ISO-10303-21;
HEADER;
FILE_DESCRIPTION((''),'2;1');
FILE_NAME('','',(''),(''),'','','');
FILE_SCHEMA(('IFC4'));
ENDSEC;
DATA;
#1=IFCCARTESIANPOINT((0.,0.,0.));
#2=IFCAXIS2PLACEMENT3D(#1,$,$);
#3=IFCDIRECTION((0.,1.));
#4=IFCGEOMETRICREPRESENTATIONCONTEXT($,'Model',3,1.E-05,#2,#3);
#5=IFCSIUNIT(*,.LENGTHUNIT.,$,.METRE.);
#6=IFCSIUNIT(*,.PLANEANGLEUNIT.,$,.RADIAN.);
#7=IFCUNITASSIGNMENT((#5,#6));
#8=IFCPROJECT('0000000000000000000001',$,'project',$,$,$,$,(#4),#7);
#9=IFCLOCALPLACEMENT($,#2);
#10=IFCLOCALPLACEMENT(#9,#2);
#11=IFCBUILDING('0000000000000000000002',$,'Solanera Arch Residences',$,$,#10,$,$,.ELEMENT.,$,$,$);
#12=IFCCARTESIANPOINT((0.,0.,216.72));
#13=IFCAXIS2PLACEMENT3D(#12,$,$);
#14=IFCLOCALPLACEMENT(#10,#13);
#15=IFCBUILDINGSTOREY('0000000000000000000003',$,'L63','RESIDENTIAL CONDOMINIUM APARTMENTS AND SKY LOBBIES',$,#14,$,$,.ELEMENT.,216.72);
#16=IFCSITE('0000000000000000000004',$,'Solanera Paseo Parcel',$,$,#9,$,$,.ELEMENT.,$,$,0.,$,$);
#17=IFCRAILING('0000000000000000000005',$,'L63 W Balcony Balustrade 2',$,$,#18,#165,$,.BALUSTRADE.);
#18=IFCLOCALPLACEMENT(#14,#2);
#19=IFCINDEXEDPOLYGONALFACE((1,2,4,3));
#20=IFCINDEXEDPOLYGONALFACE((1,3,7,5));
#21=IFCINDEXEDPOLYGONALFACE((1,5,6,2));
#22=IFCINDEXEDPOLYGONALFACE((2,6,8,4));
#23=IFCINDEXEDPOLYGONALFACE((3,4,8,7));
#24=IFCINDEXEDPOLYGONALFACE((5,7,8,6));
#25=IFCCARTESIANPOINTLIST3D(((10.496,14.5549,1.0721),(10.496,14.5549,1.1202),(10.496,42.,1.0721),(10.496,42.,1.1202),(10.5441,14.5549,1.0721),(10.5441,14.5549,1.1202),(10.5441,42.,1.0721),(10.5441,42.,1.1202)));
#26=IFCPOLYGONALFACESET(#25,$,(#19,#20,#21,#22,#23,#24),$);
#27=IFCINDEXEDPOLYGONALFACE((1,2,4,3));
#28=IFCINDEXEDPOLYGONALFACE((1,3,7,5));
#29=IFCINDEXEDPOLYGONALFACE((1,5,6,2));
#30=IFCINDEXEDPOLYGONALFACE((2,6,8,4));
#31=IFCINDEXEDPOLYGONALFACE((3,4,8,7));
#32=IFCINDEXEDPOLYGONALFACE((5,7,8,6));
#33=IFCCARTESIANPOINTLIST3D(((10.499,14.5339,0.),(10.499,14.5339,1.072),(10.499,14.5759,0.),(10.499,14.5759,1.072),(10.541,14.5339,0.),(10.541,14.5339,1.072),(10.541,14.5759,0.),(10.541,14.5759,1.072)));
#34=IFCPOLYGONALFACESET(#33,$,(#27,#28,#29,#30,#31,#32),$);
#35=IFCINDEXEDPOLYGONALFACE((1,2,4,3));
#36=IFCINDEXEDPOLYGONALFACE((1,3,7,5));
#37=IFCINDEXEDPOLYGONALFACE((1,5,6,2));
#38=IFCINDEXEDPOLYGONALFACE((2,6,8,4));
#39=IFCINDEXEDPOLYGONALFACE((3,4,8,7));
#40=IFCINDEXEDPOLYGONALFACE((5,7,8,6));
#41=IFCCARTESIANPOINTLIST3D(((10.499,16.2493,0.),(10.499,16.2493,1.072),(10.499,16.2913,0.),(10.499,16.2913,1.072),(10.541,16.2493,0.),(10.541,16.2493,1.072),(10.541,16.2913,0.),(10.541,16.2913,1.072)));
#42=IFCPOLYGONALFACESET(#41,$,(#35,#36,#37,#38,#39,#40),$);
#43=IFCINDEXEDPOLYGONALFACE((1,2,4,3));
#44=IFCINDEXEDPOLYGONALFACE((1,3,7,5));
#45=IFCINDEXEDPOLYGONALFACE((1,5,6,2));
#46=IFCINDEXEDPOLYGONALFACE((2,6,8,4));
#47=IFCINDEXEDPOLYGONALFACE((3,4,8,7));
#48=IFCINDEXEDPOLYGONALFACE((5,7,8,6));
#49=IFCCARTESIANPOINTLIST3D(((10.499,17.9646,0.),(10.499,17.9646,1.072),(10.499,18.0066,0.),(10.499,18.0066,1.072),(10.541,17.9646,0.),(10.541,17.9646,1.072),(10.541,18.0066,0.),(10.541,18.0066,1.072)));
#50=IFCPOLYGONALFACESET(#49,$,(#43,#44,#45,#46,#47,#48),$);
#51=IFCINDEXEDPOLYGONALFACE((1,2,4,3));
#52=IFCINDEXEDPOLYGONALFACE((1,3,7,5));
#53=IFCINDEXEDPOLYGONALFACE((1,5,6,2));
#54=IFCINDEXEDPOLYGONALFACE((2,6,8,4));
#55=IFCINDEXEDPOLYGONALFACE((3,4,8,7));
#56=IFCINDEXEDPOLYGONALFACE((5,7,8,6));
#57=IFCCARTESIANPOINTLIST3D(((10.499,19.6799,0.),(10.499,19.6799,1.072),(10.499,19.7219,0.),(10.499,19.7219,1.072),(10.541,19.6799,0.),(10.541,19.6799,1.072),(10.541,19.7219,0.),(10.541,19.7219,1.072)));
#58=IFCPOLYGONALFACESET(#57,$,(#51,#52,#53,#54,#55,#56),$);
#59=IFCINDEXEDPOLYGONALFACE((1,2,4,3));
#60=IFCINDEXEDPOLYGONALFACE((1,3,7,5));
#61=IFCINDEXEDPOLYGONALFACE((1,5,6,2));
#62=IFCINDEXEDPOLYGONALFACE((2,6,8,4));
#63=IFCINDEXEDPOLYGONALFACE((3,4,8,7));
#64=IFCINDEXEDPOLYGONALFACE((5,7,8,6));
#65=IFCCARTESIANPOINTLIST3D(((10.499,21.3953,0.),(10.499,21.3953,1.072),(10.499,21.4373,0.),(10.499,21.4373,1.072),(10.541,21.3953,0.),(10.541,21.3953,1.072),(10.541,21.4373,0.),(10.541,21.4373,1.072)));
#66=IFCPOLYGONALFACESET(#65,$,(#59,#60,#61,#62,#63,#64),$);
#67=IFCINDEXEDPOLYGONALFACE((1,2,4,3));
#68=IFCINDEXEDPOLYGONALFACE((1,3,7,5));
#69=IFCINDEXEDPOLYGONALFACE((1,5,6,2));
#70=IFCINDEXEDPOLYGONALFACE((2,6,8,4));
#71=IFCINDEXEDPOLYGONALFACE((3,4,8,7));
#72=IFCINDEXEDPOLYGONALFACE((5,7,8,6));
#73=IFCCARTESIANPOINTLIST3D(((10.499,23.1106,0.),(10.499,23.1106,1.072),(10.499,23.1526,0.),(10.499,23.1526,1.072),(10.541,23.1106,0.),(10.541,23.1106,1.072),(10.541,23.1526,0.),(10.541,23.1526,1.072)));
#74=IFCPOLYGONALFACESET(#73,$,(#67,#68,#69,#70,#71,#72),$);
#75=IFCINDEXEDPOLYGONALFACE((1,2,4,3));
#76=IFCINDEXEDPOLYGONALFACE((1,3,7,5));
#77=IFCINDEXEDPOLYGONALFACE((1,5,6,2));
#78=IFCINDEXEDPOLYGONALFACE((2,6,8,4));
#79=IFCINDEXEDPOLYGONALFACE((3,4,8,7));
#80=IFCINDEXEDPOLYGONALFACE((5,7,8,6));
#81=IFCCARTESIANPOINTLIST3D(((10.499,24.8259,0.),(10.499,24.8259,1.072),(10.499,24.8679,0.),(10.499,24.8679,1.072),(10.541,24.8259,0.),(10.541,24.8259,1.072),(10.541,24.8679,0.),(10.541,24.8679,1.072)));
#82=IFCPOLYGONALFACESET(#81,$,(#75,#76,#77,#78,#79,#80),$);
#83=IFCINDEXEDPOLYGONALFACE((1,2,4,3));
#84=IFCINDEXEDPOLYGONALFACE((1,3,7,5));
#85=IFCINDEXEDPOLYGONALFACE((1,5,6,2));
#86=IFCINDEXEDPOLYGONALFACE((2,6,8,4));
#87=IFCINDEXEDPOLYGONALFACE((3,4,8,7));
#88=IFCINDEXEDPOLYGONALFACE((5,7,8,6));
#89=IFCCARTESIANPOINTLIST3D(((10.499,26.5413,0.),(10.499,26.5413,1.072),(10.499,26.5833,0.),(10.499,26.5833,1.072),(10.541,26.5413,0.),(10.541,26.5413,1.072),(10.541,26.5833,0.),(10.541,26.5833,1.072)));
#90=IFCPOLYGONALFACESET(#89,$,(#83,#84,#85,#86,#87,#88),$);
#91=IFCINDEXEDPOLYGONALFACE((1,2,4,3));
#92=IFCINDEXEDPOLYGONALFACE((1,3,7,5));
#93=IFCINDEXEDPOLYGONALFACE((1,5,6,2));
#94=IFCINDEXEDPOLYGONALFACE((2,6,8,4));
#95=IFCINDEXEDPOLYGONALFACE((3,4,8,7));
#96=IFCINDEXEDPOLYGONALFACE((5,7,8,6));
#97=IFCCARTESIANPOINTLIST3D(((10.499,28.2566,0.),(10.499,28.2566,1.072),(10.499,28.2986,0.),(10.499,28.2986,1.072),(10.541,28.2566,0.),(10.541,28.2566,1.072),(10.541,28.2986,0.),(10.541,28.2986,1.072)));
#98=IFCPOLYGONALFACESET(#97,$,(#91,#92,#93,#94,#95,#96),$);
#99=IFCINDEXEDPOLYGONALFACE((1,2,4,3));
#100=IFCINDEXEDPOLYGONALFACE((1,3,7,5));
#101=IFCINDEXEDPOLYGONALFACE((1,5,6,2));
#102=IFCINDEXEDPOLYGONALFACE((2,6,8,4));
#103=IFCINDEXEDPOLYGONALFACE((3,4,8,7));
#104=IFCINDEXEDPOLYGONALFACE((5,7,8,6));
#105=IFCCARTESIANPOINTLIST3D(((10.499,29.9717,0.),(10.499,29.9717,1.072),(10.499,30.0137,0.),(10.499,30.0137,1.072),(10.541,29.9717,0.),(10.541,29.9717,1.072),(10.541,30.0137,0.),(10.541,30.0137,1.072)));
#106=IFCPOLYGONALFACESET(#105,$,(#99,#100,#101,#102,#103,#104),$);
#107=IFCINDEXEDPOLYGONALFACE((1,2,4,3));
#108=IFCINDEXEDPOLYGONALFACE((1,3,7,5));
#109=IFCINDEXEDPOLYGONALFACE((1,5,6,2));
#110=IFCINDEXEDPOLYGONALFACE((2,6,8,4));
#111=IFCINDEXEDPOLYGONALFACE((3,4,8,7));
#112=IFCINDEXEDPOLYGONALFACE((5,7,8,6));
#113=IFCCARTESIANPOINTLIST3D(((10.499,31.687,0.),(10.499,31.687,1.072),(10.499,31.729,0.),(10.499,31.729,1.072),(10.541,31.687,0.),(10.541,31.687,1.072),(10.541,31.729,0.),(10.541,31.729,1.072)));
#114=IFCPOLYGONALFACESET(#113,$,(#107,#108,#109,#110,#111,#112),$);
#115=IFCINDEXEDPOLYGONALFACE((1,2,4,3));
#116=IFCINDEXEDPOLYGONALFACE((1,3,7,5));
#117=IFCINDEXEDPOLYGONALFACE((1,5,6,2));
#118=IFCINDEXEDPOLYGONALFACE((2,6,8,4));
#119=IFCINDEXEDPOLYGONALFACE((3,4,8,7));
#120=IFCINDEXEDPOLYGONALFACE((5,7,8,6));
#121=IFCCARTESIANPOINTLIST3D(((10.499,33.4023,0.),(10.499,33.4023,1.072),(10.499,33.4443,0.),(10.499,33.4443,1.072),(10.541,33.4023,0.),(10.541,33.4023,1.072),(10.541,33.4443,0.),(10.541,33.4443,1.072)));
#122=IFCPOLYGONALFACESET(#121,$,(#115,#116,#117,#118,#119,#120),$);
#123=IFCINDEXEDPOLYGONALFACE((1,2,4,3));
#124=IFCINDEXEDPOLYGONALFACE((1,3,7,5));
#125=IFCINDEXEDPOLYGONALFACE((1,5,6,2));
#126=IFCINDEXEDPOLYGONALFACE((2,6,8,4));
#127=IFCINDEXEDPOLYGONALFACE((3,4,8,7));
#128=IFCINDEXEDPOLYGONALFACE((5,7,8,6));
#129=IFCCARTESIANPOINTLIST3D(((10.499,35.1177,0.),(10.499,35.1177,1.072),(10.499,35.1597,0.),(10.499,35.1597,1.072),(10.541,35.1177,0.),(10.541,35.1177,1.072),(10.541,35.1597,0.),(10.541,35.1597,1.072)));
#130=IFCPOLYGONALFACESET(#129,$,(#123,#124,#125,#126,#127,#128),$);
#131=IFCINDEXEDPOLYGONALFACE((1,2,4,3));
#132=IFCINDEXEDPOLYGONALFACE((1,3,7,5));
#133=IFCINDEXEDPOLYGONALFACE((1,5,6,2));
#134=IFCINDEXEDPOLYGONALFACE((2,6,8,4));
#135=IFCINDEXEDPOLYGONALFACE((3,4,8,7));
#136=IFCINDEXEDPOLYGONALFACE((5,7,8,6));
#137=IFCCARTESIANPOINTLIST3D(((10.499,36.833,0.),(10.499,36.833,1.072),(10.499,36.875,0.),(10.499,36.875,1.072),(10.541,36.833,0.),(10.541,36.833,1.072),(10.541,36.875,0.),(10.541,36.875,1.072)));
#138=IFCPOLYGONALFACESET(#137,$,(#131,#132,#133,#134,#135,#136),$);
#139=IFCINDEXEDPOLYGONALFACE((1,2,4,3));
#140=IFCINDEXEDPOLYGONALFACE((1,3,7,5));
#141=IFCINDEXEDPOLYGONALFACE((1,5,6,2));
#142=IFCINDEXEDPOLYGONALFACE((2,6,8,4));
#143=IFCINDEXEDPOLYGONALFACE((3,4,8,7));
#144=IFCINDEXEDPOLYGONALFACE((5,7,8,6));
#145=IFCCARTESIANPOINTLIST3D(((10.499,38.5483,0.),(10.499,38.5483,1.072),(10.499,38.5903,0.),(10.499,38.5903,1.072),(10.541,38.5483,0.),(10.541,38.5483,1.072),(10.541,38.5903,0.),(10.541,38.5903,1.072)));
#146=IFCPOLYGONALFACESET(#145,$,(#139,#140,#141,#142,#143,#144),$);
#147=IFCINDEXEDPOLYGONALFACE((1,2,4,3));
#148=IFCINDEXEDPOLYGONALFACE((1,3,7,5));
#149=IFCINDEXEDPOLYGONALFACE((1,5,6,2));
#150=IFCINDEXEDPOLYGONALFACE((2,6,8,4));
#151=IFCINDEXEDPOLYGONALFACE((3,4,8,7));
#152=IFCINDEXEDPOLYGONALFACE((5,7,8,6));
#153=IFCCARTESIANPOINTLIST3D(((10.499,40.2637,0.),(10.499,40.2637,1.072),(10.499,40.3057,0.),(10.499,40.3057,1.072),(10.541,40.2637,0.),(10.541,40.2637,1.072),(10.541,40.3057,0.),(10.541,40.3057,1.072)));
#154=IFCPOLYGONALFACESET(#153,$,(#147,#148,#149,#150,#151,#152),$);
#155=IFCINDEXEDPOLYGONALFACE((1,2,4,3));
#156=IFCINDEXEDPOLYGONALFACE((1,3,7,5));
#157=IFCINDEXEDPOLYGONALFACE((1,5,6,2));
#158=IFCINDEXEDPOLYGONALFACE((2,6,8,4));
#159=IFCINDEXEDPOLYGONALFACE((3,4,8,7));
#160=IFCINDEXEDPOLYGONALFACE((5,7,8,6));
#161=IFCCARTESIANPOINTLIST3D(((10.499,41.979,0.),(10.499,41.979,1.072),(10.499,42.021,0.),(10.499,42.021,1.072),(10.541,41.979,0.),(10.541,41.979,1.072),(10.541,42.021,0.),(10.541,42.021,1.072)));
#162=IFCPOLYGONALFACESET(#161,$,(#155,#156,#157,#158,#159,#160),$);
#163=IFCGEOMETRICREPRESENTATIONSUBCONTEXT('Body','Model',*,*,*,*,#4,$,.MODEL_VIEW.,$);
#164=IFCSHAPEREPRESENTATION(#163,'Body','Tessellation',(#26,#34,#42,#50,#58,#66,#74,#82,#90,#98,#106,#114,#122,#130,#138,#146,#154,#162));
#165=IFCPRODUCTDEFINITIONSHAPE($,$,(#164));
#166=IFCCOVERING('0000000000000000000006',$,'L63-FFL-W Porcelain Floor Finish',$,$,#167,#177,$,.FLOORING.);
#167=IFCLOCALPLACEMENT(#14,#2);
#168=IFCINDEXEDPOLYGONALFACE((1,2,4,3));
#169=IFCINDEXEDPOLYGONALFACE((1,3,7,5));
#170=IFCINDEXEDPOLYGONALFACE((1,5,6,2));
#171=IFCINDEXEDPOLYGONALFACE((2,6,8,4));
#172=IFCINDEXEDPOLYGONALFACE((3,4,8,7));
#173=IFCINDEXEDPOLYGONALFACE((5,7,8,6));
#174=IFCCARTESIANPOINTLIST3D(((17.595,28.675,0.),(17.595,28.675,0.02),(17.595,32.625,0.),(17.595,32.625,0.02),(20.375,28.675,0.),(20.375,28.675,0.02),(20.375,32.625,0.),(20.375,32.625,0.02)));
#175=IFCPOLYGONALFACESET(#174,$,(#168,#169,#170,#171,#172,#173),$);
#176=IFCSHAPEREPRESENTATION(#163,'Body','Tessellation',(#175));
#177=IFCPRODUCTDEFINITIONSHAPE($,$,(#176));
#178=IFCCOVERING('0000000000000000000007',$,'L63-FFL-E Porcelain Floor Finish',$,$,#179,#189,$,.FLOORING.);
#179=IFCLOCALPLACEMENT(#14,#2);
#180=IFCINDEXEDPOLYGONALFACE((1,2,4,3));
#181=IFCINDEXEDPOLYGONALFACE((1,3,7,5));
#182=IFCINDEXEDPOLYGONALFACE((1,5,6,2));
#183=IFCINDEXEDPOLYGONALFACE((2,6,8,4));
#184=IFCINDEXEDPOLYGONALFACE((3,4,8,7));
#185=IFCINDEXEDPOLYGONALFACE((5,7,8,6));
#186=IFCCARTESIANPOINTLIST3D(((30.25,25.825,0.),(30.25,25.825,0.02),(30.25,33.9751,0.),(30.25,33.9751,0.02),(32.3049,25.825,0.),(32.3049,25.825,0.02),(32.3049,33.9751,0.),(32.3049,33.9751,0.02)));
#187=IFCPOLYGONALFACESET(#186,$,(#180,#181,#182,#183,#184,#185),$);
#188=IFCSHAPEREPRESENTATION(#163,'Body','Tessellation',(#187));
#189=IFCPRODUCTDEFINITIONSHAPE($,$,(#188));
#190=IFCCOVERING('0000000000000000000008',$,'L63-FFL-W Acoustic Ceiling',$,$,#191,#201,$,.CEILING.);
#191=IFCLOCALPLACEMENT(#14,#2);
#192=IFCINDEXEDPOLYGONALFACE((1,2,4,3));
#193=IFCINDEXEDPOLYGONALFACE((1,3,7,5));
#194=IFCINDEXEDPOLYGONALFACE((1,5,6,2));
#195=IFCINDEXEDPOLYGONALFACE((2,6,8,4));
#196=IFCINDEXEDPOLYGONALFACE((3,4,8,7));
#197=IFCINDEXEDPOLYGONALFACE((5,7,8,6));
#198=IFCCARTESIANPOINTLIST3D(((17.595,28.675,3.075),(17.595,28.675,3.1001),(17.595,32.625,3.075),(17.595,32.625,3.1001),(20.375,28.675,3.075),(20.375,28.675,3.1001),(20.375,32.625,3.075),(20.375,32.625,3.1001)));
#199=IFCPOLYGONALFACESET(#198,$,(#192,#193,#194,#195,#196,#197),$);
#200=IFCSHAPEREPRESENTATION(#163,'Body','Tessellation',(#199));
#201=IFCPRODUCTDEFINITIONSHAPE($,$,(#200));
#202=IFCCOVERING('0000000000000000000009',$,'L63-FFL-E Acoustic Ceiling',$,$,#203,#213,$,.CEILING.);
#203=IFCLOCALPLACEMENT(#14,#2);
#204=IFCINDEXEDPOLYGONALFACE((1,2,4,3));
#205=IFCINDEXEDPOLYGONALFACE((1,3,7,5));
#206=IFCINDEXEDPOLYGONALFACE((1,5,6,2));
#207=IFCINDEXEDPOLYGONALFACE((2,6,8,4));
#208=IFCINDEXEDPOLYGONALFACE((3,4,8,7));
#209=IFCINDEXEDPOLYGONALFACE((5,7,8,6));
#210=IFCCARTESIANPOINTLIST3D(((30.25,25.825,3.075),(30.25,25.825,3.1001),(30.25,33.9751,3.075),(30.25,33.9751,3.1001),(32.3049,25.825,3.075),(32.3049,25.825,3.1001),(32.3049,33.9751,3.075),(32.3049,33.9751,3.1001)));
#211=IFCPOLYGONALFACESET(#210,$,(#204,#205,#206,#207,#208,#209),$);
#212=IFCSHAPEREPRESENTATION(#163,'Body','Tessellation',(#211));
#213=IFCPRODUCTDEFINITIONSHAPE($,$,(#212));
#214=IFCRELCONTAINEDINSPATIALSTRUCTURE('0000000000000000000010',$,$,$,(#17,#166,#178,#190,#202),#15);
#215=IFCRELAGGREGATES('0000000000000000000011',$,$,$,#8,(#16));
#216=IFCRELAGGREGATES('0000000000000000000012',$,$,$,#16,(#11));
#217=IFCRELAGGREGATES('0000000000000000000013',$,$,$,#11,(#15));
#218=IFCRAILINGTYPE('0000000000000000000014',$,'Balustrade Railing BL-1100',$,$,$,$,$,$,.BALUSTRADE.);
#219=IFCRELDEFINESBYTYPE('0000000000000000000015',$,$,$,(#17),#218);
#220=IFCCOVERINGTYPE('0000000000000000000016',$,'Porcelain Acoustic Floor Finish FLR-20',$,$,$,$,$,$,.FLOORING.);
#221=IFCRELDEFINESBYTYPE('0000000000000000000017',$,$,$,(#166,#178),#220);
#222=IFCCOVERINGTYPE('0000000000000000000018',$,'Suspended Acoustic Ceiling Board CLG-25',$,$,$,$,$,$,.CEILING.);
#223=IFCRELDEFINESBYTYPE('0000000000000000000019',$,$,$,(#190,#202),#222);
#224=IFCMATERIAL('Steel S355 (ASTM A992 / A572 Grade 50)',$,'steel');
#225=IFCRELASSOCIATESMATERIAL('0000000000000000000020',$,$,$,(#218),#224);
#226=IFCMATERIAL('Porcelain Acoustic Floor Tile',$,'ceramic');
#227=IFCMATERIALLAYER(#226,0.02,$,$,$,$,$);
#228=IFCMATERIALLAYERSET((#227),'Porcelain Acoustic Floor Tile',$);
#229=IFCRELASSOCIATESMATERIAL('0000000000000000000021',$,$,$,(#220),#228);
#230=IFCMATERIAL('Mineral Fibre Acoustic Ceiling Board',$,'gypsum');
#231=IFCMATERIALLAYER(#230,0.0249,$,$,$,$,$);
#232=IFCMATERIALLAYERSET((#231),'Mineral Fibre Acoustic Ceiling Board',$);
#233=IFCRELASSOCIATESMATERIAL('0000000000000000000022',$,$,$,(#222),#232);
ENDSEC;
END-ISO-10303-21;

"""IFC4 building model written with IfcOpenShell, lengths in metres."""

from ifc_helpers import new_model, si_unit, direction, frame, origin, origin_2d, place, context, subcontext, project, spatial, polyline, rectangle, outline, extrude, material, layer, layer_set, type_object, element, save


model = new_model("IFC4")

# Units and contexts
model_context = context("Model", 3, precision=1e-05, world=origin(), true_north=direction((0.0, 1.0)))
body_context = subcontext(model_context, "Body", "Model", "MODEL_VIEW")
ifc_project = project(units=[si_unit("LENGTHUNIT", "METRE"), si_unit("PLANEANGLEUNIT", "RADIAN")], contexts=[model_context])

# Site, building, storey
site_placement = place(None, origin())
site = spatial("IfcSite", under=ifc_project, at=site_placement, Name="Solanera Paseo Parcel", CompositionType="ELEMENT", RefElevation=0.0)
building_placement = place(site_placement, origin())
building = spatial("IfcBuilding", under=site, at=building_placement, Name="Solanera Arch Residences", CompositionType="ELEMENT")
storey_placement = place(building_placement, frame((0.0, 0.0, 216.72)))
storey = spatial("IfcBuildingStorey", under=building, at=storey_placement, Name="L63", Description="RESIDENTIAL CONDOMINIUM APARTMENTS AND SKY LOBBIES", CompositionType="ELEMENT", Elevation=216.72)

# Railing
ifc_material_1 = material(Name="Steel S355 (ASTM A992 / A572 Grade 50)", Category="steel")
railing_type = type_object("IfcRailingType", Name="Balustrade Railing BL-1100", PredefinedType="BALUSTRADE", material=ifc_material_1)
railing_placement = place(storey_placement, frame((10.52, 14.5549, 0.0)))
element("IfcRailing", 1, at=railing_placement, inside=storey, type_object=railing_type, Name="L63 W Balcony Balustrade 2", PredefinedType="BALUSTRADE", context=body_context, shape_type="SweptSolid", body=[
    extrude(rectangle(XDim=0.0481, YDim=0.0481, at=origin_2d()), frame((0.0, 0.0, 1.0962), z_axis=(0.0, 1.0, 0.0), x_axis=(-1.0, 0.0, 0.0)), (0.0, 0.0, 1.0), 27.4451),
    extrude(rectangle(XDim=0.042, YDim=0.042, at=origin_2d()), origin(), (0.0, 0.0, 1.0), 1.072),
    extrude(rectangle(XDim=0.042, YDim=0.042, at=origin_2d()), frame((0.0, 1.7153, 0.0)), (0.0, 0.0, 1.0), 1.072),
    extrude(rectangle(XDim=0.042, YDim=0.042, at=origin_2d()), frame((0.0, 3.4307, 0.0)), (0.0, 0.0, 1.0), 1.072),
    extrude(rectangle(XDim=0.042, YDim=0.042, at=origin_2d()), frame((0.0, 5.146, 0.0)), (0.0, 0.0, 1.0), 1.072),
    extrude(rectangle(XDim=0.042, YDim=0.042, at=origin_2d()), frame((0.0, 6.8613, 0.0)), (0.0, 0.0, 1.0), 1.072),
    extrude(rectangle(XDim=0.042, YDim=0.042, at=origin_2d()), frame((0.0, 8.5767, 0.0)), (0.0, 0.0, 1.0), 1.072),
    extrude(rectangle(XDim=0.042, YDim=0.042, at=origin_2d()), frame((0.0, 10.292, 0.0)), (0.0, 0.0, 1.0), 1.072),
    extrude(rectangle(XDim=0.042, YDim=0.042, at=origin_2d()), frame((0.0, 12.0073, 0.0)), (0.0, 0.0, 1.0), 1.072),
    extrude(rectangle(XDim=0.042, YDim=0.042, at=origin_2d()), frame((0.0, 13.7227, 0.0)), (0.0, 0.0, 1.0), 1.072),
    extrude(rectangle(XDim=0.042, YDim=0.042, at=origin_2d()), frame((0.0, 15.4377, 0.0)), (0.0, 0.0, 1.0), 1.072),
    extrude(rectangle(XDim=0.042, YDim=0.042, at=origin_2d()), frame((0.0, 17.1531, 0.0)), (0.0, 0.0, 1.0), 1.072),
    extrude(rectangle(XDim=0.042, YDim=0.042, at=origin_2d()), frame((0.0, 18.8684, 0.0)), (0.0, 0.0, 1.0), 1.072),
    extrude(rectangle(XDim=0.042, YDim=0.042, at=origin_2d()), frame((0.0, 20.5837, 0.0)), (0.0, 0.0, 1.0), 1.072),
    extrude(rectangle(XDim=0.042, YDim=0.042, at=origin_2d()), frame((0.0, 22.2991, 0.0)), (0.0, 0.0, 1.0), 1.072),
    extrude(rectangle(XDim=0.042, YDim=0.042, at=origin_2d()), frame((0.0, 24.0144, 0.0)), (0.0, 0.0, 1.0), 1.072),
    extrude(rectangle(XDim=0.042, YDim=0.042, at=origin_2d()), frame((0.0, 25.7297, 0.0)), (0.0, 0.0, 1.0), 1.072),
    extrude(rectangle(XDim=0.042, YDim=0.042, at=origin_2d()), frame((0.0, 27.4451, 0.0)), (0.0, 0.0, 1.0), 1.072),
])

# Coverings
ifc_material_2 = material(Name="Porcelain Acoustic Floor Tile", Category="ceramic")
ifc_layer_1 = layer(ifc_material_2, 0.02)
ifc_layer_set_1 = layer_set([ifc_layer_1], Name="Porcelain Acoustic Floor Tile")
covering_type_1 = type_object("IfcCoveringType", Name="Porcelain Acoustic Floor Finish FLR-20", PredefinedType="FLOORING", material=ifc_layer_set_1)
covering_1_placement = place(storey_placement, origin())
element("IfcCovering", 2, at=covering_1_placement, inside=storey, type_object=covering_type_1, Name="L63-FFL-W Porcelain Floor Finish", PredefinedType="FLOORING", context=body_context, shape_type="SweptSolid", body=[
    extrude(outline(polyline([(20.375, 28.675), (17.595, 28.675), (17.595, 32.625), (20.375, 32.625), (20.375, 28.675)])), origin(), (0.0, 0.0, 1.0), 0.02),
])
covering_2_placement = place(storey_placement, origin())
element("IfcCovering", 3, at=covering_2_placement, inside=storey, type_object=covering_type_1, Name="L63-FFL-E Porcelain Floor Finish", PredefinedType="FLOORING", context=body_context, shape_type="SweptSolid", body=[
    extrude(outline(polyline([(32.3049, 25.825), (30.25, 25.825), (30.25, 33.9751), (32.3049, 33.9751), (32.3049, 25.825)])), origin(), (0.0, 0.0, 1.0), 0.02),
])
ifc_material_3 = material(Name="Mineral Fibre Acoustic Ceiling Board", Category="gypsum")
ifc_layer_2 = layer(ifc_material_3, 0.0249)
ifc_layer_set_2 = layer_set([ifc_layer_2], Name="Mineral Fibre Acoustic Ceiling Board")
covering_type_2 = type_object("IfcCoveringType", Name="Suspended Acoustic Ceiling Board CLG-25", PredefinedType="CEILING", material=ifc_layer_set_2)
covering_3_placement = place(storey_placement, frame((0.0, 0.0, 3.075)))
element("IfcCovering", 4, at=covering_3_placement, inside=storey, type_object=covering_type_2, Name="L63-FFL-W Acoustic Ceiling", PredefinedType="CEILING", context=body_context, shape_type="SweptSolid", body=[
    extrude(outline(polyline([(20.375, 28.675), (17.595, 28.675), (17.595, 32.625), (20.375, 32.625), (20.375, 28.675)])), origin(), (0.0, 0.0, 1.0), 0.0251),
])
covering_4_placement = place(storey_placement, frame((0.0, 0.0, 3.075)))
element("IfcCovering", 5, at=covering_4_placement, inside=storey, type_object=covering_type_2, Name="L63-FFL-E Acoustic Ceiling", PredefinedType="CEILING", context=body_context, shape_type="SweptSolid", body=[
    extrude(outline(polyline([(32.3049, 25.825), (30.25, 25.825), (30.25, 33.9751), (32.3049, 33.9751), (32.3049, 25.825)])), origin(), (0.0, 0.0, 1.0), 0.0251),
])

save(model, "model.ifc")
